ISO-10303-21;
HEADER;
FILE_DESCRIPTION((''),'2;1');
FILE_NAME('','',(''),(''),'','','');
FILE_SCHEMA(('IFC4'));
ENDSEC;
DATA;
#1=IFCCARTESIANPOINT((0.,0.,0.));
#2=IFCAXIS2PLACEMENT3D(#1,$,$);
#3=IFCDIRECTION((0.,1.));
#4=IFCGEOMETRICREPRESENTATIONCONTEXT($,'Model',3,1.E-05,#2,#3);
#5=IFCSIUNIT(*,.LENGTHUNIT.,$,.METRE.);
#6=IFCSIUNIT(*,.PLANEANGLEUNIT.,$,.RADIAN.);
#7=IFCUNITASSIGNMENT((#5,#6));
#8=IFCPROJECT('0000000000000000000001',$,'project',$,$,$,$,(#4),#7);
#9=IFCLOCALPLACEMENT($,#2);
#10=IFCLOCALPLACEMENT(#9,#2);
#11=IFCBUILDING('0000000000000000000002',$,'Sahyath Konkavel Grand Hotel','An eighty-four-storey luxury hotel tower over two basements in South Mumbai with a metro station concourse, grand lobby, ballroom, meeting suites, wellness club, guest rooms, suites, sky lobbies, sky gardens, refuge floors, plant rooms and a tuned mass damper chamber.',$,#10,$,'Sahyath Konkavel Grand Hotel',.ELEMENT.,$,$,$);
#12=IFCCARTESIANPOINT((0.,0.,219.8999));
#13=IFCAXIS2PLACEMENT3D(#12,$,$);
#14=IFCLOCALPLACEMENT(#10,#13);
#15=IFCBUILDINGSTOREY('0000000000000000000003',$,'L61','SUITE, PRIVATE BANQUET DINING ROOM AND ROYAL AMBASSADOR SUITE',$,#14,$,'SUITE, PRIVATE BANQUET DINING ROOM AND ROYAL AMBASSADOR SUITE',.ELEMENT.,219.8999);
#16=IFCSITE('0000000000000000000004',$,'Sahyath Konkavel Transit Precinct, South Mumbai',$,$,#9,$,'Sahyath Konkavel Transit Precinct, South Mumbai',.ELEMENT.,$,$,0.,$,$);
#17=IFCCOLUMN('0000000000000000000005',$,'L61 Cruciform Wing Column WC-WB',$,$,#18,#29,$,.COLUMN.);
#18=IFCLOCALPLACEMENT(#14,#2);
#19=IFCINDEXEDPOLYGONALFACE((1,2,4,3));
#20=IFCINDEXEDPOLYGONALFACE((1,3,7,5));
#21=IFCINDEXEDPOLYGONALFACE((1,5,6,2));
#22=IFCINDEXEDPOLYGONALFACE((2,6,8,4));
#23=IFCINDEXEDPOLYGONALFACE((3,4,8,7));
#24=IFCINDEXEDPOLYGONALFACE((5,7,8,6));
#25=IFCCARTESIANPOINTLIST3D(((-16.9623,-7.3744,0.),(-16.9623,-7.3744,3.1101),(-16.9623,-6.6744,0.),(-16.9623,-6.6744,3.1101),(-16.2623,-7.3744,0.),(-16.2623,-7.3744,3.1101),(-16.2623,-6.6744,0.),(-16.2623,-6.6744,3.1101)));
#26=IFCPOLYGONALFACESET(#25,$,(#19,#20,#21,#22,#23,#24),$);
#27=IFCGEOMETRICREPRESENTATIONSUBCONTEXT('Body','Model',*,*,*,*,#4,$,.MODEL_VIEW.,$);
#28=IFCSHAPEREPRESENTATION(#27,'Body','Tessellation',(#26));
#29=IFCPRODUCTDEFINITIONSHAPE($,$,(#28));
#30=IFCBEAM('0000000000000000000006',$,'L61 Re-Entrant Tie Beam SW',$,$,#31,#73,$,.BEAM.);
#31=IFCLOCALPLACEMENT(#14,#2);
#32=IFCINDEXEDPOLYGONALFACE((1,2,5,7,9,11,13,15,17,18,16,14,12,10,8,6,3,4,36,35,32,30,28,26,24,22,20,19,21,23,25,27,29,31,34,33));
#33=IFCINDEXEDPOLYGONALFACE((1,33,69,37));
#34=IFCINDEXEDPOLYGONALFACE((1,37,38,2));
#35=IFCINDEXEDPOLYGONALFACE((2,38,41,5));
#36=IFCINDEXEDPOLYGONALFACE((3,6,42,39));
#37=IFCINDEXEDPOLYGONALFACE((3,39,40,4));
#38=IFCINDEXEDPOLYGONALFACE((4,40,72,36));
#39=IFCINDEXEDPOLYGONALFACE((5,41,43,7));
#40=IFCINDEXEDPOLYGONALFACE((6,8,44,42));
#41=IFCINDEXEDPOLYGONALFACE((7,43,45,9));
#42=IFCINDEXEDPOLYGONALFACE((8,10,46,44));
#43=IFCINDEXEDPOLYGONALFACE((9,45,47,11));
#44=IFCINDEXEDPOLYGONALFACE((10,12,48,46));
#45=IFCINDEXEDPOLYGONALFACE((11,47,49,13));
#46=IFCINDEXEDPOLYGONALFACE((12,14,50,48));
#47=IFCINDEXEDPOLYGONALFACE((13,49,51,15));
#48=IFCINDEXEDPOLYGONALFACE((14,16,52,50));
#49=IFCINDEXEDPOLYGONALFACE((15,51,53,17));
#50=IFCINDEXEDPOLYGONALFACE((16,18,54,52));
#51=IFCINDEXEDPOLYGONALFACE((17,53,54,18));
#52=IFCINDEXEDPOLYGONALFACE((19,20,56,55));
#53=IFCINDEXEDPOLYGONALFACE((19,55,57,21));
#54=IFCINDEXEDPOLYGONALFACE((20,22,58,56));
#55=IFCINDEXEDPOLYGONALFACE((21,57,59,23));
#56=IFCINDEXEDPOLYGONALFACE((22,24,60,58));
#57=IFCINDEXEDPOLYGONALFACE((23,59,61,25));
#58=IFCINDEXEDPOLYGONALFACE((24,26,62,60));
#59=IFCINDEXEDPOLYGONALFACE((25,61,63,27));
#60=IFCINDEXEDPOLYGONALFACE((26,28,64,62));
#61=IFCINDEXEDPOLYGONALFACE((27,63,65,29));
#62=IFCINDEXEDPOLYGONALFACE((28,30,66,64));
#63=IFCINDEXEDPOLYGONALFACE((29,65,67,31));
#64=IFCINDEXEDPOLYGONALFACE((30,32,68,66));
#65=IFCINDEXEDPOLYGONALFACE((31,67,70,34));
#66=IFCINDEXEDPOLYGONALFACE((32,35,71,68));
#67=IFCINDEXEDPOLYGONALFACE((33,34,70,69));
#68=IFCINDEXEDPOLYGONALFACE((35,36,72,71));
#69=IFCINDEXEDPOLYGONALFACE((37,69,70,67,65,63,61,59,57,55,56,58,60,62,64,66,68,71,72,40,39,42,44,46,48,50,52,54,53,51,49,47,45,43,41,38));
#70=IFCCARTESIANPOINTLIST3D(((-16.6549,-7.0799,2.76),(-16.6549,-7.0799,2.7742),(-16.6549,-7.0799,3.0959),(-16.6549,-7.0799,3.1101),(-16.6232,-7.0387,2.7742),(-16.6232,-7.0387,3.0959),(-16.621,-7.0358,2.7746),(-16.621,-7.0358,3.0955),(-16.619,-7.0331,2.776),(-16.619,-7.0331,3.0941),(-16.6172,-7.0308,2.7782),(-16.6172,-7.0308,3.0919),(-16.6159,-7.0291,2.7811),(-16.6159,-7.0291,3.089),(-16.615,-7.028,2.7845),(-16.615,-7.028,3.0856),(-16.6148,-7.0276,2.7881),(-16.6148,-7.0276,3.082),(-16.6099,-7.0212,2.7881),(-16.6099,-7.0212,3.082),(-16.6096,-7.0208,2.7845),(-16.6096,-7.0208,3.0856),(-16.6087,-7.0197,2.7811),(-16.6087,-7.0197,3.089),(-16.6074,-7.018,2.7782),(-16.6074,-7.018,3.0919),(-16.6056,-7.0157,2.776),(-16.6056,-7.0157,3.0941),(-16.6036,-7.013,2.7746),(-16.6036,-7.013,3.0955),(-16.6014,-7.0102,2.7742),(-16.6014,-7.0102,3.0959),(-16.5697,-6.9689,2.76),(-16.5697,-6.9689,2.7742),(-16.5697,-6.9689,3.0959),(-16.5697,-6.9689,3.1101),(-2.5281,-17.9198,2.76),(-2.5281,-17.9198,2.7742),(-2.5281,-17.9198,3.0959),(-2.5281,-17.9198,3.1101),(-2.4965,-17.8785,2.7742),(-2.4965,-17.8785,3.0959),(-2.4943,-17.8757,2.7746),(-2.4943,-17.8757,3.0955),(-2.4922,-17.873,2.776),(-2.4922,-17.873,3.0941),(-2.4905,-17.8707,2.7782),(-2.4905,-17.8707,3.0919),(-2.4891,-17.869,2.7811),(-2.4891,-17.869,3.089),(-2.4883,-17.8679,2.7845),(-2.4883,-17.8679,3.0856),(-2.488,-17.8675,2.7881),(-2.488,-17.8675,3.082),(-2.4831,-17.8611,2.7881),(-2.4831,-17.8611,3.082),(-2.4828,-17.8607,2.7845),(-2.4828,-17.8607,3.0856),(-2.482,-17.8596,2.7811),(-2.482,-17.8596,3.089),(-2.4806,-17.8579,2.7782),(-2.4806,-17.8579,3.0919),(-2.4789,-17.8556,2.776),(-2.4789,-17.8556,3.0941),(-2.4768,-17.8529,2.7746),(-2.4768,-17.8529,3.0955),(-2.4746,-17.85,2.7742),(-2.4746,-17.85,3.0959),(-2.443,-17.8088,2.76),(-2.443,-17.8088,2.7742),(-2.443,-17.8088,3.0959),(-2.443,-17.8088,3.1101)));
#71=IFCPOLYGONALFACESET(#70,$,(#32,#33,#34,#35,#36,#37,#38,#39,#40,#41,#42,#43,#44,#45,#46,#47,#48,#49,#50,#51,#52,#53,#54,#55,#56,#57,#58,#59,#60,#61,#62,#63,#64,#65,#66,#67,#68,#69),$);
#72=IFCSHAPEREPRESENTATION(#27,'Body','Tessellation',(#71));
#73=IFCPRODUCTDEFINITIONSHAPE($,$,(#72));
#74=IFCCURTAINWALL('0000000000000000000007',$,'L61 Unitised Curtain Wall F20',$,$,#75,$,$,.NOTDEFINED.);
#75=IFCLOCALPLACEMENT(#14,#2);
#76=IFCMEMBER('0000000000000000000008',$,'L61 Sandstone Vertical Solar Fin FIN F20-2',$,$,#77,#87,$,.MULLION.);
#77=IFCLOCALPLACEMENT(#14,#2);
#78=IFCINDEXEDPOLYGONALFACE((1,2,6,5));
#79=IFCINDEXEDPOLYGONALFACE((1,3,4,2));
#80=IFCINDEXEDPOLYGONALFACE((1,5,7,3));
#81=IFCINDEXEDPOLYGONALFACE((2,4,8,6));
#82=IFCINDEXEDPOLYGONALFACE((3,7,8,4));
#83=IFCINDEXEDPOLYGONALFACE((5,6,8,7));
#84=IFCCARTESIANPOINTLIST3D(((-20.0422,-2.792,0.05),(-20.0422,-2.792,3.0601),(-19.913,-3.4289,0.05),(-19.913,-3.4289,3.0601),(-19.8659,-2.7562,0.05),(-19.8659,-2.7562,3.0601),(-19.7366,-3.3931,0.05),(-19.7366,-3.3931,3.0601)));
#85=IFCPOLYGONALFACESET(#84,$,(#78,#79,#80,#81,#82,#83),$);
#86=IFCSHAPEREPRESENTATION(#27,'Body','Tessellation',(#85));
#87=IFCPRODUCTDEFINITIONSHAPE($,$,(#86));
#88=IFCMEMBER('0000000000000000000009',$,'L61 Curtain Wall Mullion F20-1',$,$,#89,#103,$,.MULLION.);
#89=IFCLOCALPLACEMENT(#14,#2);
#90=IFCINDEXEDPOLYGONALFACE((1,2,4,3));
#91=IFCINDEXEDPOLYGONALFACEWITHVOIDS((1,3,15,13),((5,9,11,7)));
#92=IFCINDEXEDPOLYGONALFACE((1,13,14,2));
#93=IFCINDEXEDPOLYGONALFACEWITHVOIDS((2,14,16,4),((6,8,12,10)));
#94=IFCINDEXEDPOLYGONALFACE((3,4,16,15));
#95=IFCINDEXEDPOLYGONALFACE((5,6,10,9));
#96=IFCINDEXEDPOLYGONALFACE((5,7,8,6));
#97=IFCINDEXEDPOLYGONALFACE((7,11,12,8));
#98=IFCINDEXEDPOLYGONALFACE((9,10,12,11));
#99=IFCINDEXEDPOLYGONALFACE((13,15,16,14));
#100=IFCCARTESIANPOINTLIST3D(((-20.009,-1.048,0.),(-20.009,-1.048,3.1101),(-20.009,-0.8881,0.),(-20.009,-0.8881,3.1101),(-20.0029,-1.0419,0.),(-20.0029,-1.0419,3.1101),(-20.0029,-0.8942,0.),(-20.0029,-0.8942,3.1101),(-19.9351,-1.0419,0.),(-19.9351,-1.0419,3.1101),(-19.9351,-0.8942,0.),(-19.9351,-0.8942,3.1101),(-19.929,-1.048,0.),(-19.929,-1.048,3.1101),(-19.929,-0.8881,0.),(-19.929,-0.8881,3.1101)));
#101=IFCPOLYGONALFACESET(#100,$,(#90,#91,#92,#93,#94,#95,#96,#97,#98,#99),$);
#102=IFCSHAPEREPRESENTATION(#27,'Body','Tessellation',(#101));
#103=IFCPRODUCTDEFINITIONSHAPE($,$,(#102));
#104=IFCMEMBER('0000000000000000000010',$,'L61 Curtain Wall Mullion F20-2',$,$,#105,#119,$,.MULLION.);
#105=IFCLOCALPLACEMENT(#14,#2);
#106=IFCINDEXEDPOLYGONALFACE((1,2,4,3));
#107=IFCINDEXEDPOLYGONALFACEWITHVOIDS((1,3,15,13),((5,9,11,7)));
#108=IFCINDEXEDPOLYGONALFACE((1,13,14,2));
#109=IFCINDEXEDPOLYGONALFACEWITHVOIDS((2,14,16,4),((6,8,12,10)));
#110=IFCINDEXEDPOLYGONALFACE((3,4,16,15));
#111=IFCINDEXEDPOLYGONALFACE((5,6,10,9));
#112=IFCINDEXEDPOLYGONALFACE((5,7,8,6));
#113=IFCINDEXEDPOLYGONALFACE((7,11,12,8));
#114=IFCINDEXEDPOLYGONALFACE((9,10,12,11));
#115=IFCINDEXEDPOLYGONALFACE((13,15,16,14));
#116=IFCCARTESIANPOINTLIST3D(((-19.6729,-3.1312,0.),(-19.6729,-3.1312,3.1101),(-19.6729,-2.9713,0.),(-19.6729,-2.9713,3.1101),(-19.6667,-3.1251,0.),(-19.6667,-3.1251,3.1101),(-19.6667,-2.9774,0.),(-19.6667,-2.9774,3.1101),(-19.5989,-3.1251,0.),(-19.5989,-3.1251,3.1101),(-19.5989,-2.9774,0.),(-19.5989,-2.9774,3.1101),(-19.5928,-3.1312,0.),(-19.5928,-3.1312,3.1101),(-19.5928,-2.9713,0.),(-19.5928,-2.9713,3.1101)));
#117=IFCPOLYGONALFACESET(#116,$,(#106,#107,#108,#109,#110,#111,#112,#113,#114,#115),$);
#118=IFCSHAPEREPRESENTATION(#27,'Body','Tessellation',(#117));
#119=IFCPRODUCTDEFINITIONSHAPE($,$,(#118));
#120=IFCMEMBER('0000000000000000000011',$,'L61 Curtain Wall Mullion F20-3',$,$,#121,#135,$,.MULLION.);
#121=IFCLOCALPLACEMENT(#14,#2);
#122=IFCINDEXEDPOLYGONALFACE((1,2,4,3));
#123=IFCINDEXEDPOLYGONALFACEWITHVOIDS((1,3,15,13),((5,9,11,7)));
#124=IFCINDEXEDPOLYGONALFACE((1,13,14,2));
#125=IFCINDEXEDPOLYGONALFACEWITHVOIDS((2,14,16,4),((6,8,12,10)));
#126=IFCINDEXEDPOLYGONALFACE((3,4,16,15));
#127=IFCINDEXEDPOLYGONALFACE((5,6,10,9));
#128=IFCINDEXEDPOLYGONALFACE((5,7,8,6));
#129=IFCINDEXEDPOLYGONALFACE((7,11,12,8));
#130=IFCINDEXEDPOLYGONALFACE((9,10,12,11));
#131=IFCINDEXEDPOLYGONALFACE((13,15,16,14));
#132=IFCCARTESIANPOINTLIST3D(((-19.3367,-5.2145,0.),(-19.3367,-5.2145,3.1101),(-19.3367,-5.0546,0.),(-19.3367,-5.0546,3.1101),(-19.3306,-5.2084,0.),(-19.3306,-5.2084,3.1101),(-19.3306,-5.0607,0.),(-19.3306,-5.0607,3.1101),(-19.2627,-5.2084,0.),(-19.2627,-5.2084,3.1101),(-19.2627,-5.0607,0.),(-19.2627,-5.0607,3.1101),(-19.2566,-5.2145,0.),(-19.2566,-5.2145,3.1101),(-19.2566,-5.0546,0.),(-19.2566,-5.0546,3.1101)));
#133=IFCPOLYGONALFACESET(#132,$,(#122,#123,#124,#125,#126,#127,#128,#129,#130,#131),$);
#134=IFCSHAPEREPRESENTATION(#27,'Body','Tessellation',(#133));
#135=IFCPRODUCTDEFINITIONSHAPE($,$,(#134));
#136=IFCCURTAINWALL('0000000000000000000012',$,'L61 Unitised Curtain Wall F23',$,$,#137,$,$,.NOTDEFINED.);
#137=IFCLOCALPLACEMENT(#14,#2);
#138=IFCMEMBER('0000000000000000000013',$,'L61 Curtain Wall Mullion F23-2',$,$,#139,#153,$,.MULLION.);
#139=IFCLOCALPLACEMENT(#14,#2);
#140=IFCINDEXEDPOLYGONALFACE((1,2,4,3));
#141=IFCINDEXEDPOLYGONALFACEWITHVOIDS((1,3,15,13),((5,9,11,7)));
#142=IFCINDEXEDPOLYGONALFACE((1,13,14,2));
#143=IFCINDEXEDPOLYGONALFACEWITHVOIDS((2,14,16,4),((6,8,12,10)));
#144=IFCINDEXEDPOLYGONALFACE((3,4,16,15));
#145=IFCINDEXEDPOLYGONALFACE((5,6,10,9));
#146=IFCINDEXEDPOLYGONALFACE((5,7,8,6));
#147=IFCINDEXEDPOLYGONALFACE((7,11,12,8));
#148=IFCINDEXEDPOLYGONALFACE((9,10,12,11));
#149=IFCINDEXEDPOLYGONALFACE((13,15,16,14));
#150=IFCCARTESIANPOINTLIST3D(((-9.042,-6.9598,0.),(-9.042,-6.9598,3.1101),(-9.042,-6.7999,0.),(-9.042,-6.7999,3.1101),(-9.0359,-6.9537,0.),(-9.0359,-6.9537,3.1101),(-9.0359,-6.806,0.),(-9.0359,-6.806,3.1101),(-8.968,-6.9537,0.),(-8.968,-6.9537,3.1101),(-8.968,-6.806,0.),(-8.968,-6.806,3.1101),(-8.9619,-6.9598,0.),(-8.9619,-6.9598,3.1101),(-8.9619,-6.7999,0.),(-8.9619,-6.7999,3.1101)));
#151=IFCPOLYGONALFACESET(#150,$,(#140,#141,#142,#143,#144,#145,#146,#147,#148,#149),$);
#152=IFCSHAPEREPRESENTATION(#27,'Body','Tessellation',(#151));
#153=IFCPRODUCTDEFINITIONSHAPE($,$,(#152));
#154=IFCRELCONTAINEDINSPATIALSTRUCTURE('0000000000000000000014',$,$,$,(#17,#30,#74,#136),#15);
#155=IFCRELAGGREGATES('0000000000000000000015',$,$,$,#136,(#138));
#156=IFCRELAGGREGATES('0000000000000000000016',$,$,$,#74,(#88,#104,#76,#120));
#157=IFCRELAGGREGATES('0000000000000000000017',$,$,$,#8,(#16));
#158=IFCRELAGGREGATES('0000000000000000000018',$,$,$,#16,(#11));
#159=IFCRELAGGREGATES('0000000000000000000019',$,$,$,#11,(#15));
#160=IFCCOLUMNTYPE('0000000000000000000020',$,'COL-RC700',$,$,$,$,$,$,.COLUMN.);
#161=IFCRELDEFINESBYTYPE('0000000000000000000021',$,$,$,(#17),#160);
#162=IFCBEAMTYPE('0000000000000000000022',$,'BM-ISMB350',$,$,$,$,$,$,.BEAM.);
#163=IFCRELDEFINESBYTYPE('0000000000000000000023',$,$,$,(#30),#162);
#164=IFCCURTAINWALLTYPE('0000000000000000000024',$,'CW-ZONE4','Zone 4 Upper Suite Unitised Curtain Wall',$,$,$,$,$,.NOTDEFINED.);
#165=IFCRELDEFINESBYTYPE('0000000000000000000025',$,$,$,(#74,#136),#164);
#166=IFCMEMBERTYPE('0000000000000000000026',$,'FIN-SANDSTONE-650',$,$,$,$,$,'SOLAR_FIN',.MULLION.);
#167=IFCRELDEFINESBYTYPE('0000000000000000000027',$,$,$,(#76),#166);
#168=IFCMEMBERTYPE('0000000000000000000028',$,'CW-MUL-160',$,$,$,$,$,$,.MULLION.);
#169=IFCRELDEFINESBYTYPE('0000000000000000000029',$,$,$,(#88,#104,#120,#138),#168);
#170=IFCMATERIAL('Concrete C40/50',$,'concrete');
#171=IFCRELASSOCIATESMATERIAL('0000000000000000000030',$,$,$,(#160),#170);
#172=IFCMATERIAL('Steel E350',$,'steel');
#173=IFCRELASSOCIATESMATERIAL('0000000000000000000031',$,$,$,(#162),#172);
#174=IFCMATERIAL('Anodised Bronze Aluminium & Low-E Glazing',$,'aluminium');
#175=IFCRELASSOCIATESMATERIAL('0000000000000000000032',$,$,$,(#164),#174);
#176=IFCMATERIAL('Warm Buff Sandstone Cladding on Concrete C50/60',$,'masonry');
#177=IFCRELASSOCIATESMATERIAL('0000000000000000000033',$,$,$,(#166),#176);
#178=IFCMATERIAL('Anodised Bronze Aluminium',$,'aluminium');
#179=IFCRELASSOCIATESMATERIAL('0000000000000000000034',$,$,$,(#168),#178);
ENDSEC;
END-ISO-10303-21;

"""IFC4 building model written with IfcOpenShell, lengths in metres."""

from ifc_helpers import new_model, si_unit, direction, frame, origin, origin_2d, place, context, subcontext, project, spatial, rectangle, hollow_rectangle, i_section, extrude, source, transform, mapped, material, material_profile, profile_set, type_object, element, aggregate, save


model = new_model("IFC4")

# Units and contexts
model_context = context("Model", 3, precision=1e-05, world=origin(), true_north=direction((0.0, 1.0)))
body_context = subcontext(model_context, "Body", "Model", "MODEL_VIEW")
ifc_project = project(units=[si_unit("LENGTHUNIT", "METRE"), si_unit("PLANEANGLEUNIT", "RADIAN")], contexts=[model_context])

# Site, building, storey
site_placement = place(None, origin())
site = spatial("IfcSite", under=ifc_project, at=site_placement, Name="Sahyath Konkavel Transit Precinct, South Mumbai", LongName="Sahyath Konkavel Transit Precinct, South Mumbai", CompositionType="ELEMENT", RefElevation=0.0)
building_placement = place(site_placement, origin())
building = spatial("IfcBuilding", under=site, at=building_placement, Name="Sahyath Konkavel Grand Hotel", Description="An eighty-four-storey luxury hotel tower over two basements in South Mumbai with a metro station concourse, grand lobby, ballroom, meeting suites, wellness club, guest rooms, suites, sky lobbies, sky gardens, refuge floors, plant rooms and a tuned mass damper chamber.", LongName="Sahyath Konkavel Grand Hotel", CompositionType="ELEMENT")
storey_placement = place(building_placement, frame((0.0, 0.0, 219.8999)))
storey = spatial("IfcBuildingStorey", under=building, at=storey_placement, Name="L61", Description="SUITE, PRIVATE BANQUET DINING ROOM AND ROYAL AMBASSADOR SUITE", LongName="SUITE, PRIVATE BANQUET DINING ROOM AND ROYAL AMBASSADOR SUITE", CompositionType="ELEMENT", Elevation=219.8999)

# Column
ifc_material_1 = material(Name="Concrete C40/50", Category="concrete")
ifc_material_profile_1 = material_profile(ifc_material_1, rectangle(XDim=0.7, YDim=0.7, at=origin_2d()), Name="RC 700x700")
ifc_profile_set_1 = profile_set([ifc_material_profile_1], Name="Concrete C40/50")
column_type = type_object("IfcColumnType", Name="COL-RC700", PredefinedType="COLUMN", material=ifc_profile_set_1)
shared_shape_1 = source(origin(), body_context, "Body", "SweptSolid", [
    extrude(rectangle(XDim=0.7, YDim=0.7, at=origin_2d()), origin(), (0.0, 0.0, 1.0), 3.1101),
])
column_placement = place(storey_placement, frame((-16.6123, -7.0244, 0.0), z_axis=(0.0, 0.0, 1.0), x_axis=(1.0, 0.0, 0.0)))
element("IfcColumn", 1, at=column_placement, inside=storey, type_object=column_type, Name="L61 Cruciform Wing Column WC-WB", PredefinedType="COLUMN", context=body_context, shape_type="MappedRepresentation", body=[
    mapped(shared_shape_1, transform((0.0, 0.0, 0.0), scale=1.0)),
])

# Beam
ifc_material_2 = material(Name="Steel E350", Category="steel")
ifc_material_profile_2 = material_profile(ifc_material_2, i_section(OverallWidth=0.1399, OverallDepth=0.3501, WebThickness=0.0081, FlangeThickness=0.0142, FilletRadius=0.0139, at=origin_2d()), Name="ISMB 350")
ifc_profile_set_2 = profile_set([ifc_material_profile_2], Name="Steel E350")
beam_type_1 = type_object("IfcBeamType", Name="BM-ISMB350", PredefinedType="BEAM", material=ifc_profile_set_2)
shared_shape_2 = source(origin(), body_context, "Body", "SweptSolid", [
    extrude(i_section(OverallWidth=0.1399, OverallDepth=0.3501, WebThickness=0.0081, FlangeThickness=0.0142, FilletRadius=0.0139, at=origin_2d()), origin(), (0.0, 0.0, 1.0), 17.8064),
])
beam_1_placement = place(storey_placement, frame((-16.6123, -7.0244, 2.9351), z_axis=(0.793352, -0.608763, 0.0), x_axis=(0.608763, 0.793352, 0.0)))
element("IfcBeam", 2, at=beam_1_placement, inside=storey, type_object=beam_type_1, Name="L61 Re-Entrant Tie Beam SW", PredefinedType="BEAM", context=body_context, shape_type="MappedRepresentation", body=[
    mapped(shared_shape_2, transform((0.0, 0.0, 0.0), scale=1.0)),
])

# Curtain wall, members
ifc_material_3 = material(Name="Anodised Bronze Aluminium & Low-E Glazing", Category="aluminium")
curtain_wall_type = type_object("IfcCurtainWallType", Name="CW-ZONE4", Description="Zone 4 Upper Suite Unitised Curtain Wall", PredefinedType="NOTDEFINED", material=ifc_material_3)
curtain_wall_1_placement = place(storey_placement, origin())
curtain_wall_1 = element("IfcCurtainWall", 3, at=curtain_wall_1_placement, inside=storey, type_object=curtain_wall_type, Name="L61 Unitised Curtain Wall F20", PredefinedType="NOTDEFINED")
ifc_material_4 = material(Name="Warm Buff Sandstone Cladding on Concrete C50/60", Category="masonry")
ifc_material_profile_3 = material_profile(ifc_material_4, rectangle(XDim=0.1799, YDim=0.6499, at=origin_2d()), Name="FIN 180x650")
ifc_profile_set_3 = profile_set([ifc_material_profile_3], Name="Warm Buff Sandstone Cladding on Concrete C50/60")
member_type_1 = type_object("IfcMemberType", Name="FIN-SANDSTONE-650", ElementType="SOLAR_FIN", PredefinedType="MULLION", material=ifc_profile_set_3)
shared_shape_3 = source(origin(), body_context, "Body", "SweptSolid", [
    extrude(rectangle(XDim=0.1799, YDim=0.6499, at=origin_2d()), origin(), (0.0, 0.0, 1.0), 3.01),
])
member_1_placement = place(storey_placement, frame((-19.8894, -3.0925, 0.05), z_axis=(0.0, 0.0, 1.0), x_axis=(0.980029, 0.198855, 0.0)))
member_1 = element("IfcMember", 4, at=member_1_placement, type_object=member_type_1, Name="L61 Sandstone Vertical Solar Fin FIN F20-2", PredefinedType="MULLION", context=body_context, shape_type="MappedRepresentation", body=[
    mapped(shared_shape_3, transform((0.0, 0.0, 0.0), scale=1.0)),
])
ifc_material_5 = material(Name="Anodised Bronze Aluminium", Category="aluminium")
ifc_material_profile_4 = material_profile(ifc_material_5, hollow_rectangle(XDim=0.0801, YDim=0.1599, WallThickness=0.0061, at=origin_2d()), Name="RHS 160x80x6")
ifc_profile_set_4 = profile_set([ifc_material_profile_4], Name="Anodised Bronze Aluminium")
member_type_2 = type_object("IfcMemberType", Name="CW-MUL-160", PredefinedType="MULLION", material=ifc_profile_set_4)
shared_shape_4 = source(origin(), body_context, "Body", "SweptSolid", [
    extrude(hollow_rectangle(XDim=0.0801, YDim=0.1599, WallThickness=0.0061, at=origin_2d()), origin(), (0.0, 0.0, 1.0), 3.1101),
])
member_2_placement = place(storey_placement, frame((-19.969, -0.968, 0.0), z_axis=(0.0, 0.0, 1.0), x_axis=(1.0, 0.0, 0.0)))
member_2 = element("IfcMember", 5, at=member_2_placement, type_object=member_type_2, Name="L61 Curtain Wall Mullion F20-1", PredefinedType="MULLION", context=body_context, shape_type="MappedRepresentation", body=[
    mapped(shared_shape_4, transform((0.0, 0.0, 0.0), scale=1.0)),
])
member_3_placement = place(storey_placement, frame((-19.6328, -3.0513, 0.0), z_axis=(0.0, 0.0, 1.0), x_axis=(1.0, 0.0, 0.0)))
member_3 = element("IfcMember", 6, at=member_3_placement, type_object=member_type_2, Name="L61 Curtain Wall Mullion F20-2", PredefinedType="MULLION", context=body_context, shape_type="MappedRepresentation", body=[
    mapped(shared_shape_4, transform((0.0, 0.0, 0.0), scale=1.0)),
])
member_4_placement = place(storey_placement, frame((-19.2966, -5.1345, 0.0), z_axis=(0.0, 0.0, 1.0), x_axis=(1.0, 0.0, 0.0)))
member_4 = element("IfcMember", 7, at=member_4_placement, type_object=member_type_2, Name="L61 Curtain Wall Mullion F20-3", PredefinedType="MULLION", context=body_context, shape_type="MappedRepresentation", body=[
    mapped(shared_shape_4, transform((0.0, 0.0, 0.0), scale=1.0)),
])

# Curtain wall, member
curtain_wall_2_placement = place(storey_placement, origin())
curtain_wall_2 = element("IfcCurtainWall", 8, at=curtain_wall_2_placement, inside=storey, type_object=curtain_wall_type, Name="L61 Unitised Curtain Wall F23", PredefinedType="NOTDEFINED")
member_5_placement = place(storey_placement, frame((-9.002, -6.8799, 0.0), z_axis=(0.0, 0.0, 1.0), x_axis=(1.0, 0.0, 0.0)))
member_5 = element("IfcMember", 9, at=member_5_placement, type_object=member_type_2, Name="L61 Curtain Wall Mullion F23-2", PredefinedType="MULLION", context=body_context, shape_type="MappedRepresentation", body=[
    mapped(shared_shape_4, transform((0.0, 0.0, 0.0), scale=1.0)),
])

aggregate(curtain_wall_2, [member_5])

aggregate(curtain_wall_1, [member_2, member_3, member_1, member_4])

save(model, "model.ifc")
